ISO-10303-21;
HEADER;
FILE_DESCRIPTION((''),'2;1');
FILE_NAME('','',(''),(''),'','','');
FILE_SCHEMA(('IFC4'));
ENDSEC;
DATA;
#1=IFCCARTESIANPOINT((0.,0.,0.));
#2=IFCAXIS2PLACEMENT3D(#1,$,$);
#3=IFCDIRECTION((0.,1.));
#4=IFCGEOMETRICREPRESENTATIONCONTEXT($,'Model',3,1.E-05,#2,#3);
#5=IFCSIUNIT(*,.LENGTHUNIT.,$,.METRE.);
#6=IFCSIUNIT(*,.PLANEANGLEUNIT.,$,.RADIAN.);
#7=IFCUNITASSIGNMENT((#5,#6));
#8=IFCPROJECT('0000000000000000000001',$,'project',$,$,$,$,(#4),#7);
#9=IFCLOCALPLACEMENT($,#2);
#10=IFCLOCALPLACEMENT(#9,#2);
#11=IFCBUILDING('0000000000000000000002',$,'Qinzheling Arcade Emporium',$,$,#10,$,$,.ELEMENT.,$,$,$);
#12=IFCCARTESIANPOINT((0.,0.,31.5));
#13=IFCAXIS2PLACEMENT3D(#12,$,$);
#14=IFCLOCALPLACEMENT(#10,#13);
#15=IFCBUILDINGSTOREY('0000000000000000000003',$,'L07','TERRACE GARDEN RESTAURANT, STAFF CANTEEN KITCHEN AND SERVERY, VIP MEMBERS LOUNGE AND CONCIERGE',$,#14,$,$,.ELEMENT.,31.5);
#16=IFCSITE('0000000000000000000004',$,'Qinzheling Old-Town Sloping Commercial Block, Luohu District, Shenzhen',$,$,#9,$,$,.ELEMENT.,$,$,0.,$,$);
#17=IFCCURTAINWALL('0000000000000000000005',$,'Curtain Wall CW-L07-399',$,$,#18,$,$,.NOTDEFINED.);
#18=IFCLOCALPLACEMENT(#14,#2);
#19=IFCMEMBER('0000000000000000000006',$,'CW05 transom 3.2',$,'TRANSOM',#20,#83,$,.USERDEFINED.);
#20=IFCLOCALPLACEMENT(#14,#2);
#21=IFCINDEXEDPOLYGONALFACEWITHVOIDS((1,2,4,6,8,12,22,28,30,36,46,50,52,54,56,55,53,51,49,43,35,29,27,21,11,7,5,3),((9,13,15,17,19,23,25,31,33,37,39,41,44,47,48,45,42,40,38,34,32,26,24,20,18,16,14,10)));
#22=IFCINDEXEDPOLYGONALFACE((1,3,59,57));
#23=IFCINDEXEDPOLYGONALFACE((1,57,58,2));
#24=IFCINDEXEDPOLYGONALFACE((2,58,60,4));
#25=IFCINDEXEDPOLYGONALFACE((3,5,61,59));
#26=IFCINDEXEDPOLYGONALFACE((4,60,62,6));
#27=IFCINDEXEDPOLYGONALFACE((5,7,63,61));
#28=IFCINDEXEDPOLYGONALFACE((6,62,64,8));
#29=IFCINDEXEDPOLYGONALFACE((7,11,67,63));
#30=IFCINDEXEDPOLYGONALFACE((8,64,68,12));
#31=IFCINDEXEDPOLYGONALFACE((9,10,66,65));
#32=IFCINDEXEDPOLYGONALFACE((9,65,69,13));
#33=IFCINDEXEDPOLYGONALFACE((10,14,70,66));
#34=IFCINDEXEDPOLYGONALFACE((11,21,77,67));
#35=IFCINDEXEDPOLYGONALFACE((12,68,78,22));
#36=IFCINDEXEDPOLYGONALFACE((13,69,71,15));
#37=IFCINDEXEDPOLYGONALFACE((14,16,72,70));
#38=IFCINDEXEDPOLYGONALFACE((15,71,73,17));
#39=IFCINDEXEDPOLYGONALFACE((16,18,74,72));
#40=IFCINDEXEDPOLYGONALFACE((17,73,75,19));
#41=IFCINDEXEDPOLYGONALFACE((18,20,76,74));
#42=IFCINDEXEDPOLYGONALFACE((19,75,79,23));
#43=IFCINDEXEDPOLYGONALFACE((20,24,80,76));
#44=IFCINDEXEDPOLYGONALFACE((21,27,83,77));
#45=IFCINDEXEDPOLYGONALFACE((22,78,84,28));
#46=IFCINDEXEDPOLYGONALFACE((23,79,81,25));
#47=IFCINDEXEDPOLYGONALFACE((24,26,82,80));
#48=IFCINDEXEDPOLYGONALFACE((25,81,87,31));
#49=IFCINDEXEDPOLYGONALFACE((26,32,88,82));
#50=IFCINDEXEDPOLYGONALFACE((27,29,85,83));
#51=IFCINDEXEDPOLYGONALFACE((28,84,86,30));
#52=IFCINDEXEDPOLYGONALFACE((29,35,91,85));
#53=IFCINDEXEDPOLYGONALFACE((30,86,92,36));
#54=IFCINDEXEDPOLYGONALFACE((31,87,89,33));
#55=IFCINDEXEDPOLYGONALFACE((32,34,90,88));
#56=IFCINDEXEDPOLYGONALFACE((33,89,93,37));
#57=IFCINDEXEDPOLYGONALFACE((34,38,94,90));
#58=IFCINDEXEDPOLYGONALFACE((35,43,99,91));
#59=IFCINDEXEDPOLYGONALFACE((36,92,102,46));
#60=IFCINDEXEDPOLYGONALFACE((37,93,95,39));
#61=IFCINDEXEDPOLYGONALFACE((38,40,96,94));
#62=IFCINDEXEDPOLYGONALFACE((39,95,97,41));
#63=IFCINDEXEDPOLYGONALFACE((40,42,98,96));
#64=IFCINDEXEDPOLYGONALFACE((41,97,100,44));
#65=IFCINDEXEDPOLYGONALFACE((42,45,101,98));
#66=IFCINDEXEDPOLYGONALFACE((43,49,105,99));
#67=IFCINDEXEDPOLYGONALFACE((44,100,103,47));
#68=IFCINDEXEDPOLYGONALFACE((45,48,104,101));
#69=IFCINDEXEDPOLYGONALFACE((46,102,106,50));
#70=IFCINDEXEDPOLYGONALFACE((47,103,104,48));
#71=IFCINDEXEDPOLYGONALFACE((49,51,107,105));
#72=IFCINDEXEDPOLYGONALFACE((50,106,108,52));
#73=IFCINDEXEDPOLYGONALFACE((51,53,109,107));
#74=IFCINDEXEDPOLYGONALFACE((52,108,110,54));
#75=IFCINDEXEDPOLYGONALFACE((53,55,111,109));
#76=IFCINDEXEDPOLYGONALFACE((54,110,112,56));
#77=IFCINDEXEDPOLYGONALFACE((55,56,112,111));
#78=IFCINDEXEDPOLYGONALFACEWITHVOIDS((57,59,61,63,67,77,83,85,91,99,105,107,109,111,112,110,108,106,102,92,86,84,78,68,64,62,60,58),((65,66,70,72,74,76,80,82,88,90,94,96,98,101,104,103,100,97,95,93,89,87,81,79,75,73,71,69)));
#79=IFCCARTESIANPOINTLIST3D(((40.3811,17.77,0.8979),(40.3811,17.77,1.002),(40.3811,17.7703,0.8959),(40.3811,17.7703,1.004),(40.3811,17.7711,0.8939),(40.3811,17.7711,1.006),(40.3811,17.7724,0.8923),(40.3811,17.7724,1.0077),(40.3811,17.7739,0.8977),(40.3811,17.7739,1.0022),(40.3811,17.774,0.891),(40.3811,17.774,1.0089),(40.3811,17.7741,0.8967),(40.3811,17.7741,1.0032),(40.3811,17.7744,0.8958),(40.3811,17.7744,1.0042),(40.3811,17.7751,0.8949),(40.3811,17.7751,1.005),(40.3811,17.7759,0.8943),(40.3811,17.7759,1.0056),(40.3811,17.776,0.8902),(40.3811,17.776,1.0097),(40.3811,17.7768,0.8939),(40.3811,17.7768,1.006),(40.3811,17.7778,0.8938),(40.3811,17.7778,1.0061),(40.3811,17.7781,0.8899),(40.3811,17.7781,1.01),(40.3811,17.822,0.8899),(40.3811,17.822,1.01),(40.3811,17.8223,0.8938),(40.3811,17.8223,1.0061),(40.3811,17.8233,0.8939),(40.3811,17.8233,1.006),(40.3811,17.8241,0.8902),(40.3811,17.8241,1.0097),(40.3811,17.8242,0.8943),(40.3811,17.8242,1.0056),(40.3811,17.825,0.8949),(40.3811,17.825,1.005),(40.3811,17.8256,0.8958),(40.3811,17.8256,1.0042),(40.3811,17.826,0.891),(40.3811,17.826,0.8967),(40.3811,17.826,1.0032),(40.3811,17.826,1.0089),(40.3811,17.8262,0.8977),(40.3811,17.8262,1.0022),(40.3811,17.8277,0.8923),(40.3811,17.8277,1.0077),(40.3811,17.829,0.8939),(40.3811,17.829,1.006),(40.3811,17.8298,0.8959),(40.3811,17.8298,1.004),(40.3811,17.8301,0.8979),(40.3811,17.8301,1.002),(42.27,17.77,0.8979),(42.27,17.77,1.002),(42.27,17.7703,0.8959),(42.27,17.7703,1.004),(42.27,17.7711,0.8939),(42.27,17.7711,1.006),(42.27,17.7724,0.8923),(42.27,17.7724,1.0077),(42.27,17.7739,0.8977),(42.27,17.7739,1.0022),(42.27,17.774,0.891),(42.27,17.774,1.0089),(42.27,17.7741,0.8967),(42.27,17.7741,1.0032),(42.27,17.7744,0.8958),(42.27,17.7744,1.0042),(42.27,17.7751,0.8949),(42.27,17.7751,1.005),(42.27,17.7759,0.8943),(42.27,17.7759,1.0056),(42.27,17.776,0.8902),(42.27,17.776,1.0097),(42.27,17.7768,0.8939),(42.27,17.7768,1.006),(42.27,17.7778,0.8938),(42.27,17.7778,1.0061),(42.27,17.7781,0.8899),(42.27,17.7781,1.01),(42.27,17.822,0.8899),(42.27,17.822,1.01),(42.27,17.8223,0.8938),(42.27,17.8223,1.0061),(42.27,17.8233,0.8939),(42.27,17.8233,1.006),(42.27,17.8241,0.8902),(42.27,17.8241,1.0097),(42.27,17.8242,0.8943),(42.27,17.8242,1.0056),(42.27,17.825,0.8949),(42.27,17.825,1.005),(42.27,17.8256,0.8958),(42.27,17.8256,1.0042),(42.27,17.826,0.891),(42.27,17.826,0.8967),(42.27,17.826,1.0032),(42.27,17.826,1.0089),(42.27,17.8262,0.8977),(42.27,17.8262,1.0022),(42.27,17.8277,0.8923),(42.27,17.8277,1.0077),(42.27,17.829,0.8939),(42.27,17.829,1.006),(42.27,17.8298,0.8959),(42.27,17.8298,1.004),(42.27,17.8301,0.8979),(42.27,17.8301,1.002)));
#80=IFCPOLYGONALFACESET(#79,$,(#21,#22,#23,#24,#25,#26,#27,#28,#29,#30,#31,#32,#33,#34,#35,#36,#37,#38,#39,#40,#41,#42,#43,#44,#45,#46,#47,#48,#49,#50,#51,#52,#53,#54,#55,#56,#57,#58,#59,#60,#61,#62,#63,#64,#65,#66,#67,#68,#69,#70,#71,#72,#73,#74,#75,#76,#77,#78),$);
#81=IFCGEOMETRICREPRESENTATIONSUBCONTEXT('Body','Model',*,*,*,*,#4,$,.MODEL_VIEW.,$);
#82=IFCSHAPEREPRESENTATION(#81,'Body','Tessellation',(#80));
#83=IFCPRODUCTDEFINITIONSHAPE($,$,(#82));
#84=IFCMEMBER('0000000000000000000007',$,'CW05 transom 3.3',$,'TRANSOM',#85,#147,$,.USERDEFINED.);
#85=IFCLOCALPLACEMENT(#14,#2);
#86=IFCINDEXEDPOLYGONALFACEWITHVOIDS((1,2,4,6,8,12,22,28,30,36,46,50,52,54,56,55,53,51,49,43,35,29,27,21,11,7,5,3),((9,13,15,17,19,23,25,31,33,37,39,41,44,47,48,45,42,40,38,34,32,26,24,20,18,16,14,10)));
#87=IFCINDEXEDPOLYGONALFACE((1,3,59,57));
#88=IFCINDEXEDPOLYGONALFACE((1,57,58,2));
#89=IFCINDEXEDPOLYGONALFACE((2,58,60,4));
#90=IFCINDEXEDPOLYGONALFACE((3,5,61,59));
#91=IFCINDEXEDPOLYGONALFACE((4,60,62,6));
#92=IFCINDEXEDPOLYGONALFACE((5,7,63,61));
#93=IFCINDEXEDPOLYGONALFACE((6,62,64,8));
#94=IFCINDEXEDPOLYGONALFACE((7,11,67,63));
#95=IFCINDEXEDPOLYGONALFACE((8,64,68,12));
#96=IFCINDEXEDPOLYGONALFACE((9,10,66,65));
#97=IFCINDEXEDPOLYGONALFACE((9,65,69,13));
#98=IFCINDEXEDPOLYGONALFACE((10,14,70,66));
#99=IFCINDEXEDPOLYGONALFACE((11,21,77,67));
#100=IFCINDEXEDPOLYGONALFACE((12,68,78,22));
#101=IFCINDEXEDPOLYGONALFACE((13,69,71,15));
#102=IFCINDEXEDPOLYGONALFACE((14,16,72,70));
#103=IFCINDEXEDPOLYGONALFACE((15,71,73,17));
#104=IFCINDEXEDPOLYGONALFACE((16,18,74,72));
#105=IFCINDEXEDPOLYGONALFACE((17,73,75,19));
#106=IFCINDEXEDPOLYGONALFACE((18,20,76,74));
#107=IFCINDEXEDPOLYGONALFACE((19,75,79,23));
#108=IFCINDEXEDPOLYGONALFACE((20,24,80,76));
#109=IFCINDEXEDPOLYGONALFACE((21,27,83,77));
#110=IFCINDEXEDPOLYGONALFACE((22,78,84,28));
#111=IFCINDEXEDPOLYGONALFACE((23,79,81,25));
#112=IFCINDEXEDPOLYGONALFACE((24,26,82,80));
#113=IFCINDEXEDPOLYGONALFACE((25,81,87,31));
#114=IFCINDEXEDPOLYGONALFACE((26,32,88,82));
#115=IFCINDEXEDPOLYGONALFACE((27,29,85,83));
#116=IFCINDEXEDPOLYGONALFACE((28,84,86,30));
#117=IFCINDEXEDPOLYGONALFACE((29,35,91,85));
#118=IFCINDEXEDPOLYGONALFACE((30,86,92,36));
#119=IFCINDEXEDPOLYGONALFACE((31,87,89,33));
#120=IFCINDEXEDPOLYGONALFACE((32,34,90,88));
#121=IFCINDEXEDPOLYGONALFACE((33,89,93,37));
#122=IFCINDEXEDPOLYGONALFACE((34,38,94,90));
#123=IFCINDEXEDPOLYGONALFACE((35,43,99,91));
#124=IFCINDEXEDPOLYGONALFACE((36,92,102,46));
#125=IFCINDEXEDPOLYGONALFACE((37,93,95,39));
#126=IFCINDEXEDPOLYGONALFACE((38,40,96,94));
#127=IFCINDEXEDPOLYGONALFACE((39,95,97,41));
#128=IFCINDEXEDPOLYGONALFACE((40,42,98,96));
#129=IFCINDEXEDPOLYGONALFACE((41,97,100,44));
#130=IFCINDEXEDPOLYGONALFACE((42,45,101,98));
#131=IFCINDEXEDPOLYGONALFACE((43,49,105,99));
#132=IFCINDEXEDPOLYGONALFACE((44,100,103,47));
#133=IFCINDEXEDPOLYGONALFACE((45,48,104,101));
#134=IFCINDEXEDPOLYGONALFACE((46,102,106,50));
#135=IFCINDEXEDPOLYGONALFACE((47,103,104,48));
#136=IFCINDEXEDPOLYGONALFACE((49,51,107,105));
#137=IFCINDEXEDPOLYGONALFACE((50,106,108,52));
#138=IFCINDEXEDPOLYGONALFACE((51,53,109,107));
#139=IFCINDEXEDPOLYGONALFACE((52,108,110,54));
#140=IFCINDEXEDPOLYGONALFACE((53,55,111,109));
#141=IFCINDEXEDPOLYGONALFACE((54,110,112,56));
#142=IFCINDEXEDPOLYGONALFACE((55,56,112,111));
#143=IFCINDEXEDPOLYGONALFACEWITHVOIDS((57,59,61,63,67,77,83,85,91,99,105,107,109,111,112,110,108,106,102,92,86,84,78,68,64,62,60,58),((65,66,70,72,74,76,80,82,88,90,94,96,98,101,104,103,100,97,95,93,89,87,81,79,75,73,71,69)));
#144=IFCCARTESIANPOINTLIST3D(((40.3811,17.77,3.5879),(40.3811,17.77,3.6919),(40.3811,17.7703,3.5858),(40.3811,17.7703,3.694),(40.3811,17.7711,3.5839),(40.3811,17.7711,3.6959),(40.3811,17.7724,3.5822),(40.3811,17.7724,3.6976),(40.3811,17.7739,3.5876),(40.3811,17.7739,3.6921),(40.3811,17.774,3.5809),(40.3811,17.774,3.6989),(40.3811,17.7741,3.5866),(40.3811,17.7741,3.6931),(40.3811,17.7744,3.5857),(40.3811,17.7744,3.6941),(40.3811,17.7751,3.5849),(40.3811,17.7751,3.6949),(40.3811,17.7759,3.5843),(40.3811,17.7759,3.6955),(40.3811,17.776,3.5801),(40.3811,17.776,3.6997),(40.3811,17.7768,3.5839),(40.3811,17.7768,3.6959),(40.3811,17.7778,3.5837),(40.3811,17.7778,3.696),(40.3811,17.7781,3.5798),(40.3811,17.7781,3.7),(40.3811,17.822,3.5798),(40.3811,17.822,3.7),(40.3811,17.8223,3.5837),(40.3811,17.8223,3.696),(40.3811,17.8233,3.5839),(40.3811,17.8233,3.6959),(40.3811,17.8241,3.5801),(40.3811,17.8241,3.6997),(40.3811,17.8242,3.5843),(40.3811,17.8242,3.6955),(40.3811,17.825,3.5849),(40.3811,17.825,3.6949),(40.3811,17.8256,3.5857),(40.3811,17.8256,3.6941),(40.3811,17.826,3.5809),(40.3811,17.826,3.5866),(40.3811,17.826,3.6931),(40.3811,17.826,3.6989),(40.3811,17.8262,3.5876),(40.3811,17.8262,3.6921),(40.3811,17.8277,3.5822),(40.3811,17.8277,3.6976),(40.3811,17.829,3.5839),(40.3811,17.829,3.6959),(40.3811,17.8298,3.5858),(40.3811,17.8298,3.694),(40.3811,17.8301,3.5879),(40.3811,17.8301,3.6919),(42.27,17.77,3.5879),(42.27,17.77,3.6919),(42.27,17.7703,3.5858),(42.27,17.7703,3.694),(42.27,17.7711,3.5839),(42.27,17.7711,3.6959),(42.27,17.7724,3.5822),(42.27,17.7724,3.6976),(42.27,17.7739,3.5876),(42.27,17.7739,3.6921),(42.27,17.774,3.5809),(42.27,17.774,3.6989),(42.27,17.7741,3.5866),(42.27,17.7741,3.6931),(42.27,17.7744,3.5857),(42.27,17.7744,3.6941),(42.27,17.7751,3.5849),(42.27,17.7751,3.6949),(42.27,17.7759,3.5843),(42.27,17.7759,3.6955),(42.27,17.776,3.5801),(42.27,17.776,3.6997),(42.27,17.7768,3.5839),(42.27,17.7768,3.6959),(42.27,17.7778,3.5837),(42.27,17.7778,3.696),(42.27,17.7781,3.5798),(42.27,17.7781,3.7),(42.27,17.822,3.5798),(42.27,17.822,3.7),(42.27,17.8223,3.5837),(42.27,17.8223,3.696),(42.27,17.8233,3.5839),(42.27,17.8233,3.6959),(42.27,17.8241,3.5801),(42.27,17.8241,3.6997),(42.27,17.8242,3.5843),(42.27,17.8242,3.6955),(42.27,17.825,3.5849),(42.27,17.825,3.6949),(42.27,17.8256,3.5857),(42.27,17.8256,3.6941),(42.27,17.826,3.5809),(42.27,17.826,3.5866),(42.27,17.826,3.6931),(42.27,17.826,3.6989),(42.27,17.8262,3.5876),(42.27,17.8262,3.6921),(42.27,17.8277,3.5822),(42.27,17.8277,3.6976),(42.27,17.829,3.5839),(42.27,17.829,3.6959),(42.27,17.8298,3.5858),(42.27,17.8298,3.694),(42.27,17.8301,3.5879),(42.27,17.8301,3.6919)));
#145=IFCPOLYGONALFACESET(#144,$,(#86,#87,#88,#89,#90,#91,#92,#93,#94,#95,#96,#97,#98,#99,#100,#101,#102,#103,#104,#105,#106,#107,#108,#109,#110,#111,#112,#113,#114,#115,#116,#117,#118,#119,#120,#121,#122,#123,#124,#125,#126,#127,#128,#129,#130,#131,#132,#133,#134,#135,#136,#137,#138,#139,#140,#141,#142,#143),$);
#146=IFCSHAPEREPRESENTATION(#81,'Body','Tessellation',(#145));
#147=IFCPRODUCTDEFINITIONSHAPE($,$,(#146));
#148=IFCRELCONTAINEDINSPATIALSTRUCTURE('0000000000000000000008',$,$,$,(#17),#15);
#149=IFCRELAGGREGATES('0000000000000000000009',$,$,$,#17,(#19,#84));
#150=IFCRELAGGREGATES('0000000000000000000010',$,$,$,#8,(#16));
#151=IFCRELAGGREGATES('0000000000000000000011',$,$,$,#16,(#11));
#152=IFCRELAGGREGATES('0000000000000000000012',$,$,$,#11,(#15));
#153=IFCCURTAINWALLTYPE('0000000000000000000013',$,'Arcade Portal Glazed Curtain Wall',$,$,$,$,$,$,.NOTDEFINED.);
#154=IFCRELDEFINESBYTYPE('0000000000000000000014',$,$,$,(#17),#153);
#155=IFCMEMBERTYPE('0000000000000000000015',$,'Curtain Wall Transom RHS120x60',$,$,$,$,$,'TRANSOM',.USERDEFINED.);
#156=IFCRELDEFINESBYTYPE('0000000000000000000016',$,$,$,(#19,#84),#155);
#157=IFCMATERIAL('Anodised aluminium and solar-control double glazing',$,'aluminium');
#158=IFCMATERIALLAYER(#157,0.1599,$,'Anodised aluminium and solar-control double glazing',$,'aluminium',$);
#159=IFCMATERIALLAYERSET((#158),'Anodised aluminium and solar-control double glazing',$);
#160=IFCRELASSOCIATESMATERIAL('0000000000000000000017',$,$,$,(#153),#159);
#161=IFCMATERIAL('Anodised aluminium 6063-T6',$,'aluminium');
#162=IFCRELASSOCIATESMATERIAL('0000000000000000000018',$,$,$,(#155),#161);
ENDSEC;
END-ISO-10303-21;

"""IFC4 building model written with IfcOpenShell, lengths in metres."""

from ifc_helpers import new_model, si_unit, direction, frame, origin, origin_2d, place, context, subcontext, project, spatial, hollow_rectangle, extrude, material, layer, layer_set, material_profile, profile_set, type_object, element, aggregate, save


model = new_model("IFC4")

# Units and contexts
model_context = context("Model", 3, precision=1e-05, world=origin(), true_north=direction((0.0, 1.0)))
body_context = subcontext(model_context, "Body", "Model", "MODEL_VIEW")
ifc_project = project(units=[si_unit("LENGTHUNIT", "METRE"), si_unit("PLANEANGLEUNIT", "RADIAN")], contexts=[model_context])

# Site, building, storey
site_placement = place(None, origin())
site = spatial("IfcSite", under=ifc_project, at=site_placement, Name="Qinzheling Old-Town Sloping Commercial Block, Luohu District, Shenzhen", CompositionType="ELEMENT", RefElevation=0.0)
building_placement = place(site_placement, origin())
building = spatial("IfcBuilding", under=site, at=building_placement, Name="Qinzheling Arcade Emporium", CompositionType="ELEMENT")
storey_placement = place(building_placement, frame((0.0, 0.0, 31.5)))
storey = spatial("IfcBuildingStorey", under=building, at=storey_placement, Name="L07", Description="TERRACE GARDEN RESTAURANT, STAFF CANTEEN KITCHEN AND SERVERY, VIP MEMBERS LOUNGE AND CONCIERGE", CompositionType="ELEMENT", Elevation=31.5)

# Curtain wall, members
ifc_material_1 = material(Name="Anodised aluminium and solar-control double glazing", Category="aluminium")
ifc_layer_1 = layer(ifc_material_1, 0.1599, Name="Anodised aluminium and solar-control double glazing", Category="aluminium")
ifc_layer_set_1 = layer_set([ifc_layer_1], Name="Anodised aluminium and solar-control double glazing")
curtain_wall_type = type_object("IfcCurtainWallType", Name="Arcade Portal Glazed Curtain Wall", PredefinedType="NOTDEFINED", material=ifc_layer_set_1)
curtain_wall_placement = place(storey_placement, origin())
curtain_wall = element("IfcCurtainWall", 1, at=curtain_wall_placement, inside=storey, type_object=curtain_wall_type, Name="Curtain Wall CW-L07-399", PredefinedType="NOTDEFINED")
ifc_material_2 = material(Name="Anodised aluminium 6063-T6", Category="aluminium")
ifc_material_profile_1 = material_profile(ifc_material_2, hollow_rectangle(XDim=0.0601, YDim=0.1201, WallThickness=0.0039, InnerFilletRadius=0.0039, OuterFilletRadius=0.0081, at=origin_2d()), Name="RHS 120x60x4", Category="aluminium")
ifc_profile_set_1 = profile_set([ifc_material_profile_1], Name="Anodised aluminium 6063-T6")
member_type_1 = type_object("IfcMemberType", Name="Curtain Wall Transom RHS120x60", ElementType="TRANSOM", PredefinedType="USERDEFINED", material=ifc_profile_set_1)
member_1_placement = place(storey_placement, frame((42.27, 17.8, 0.95), z_axis=(-1.0, 0.0, 0.0), x_axis=(0.0, -1.0, 0.0)))
member_1 = element("IfcMember", 2, at=member_1_placement, type_object=member_type_1, Name="CW05 transom 3.2", ObjectType="TRANSOM", PredefinedType="USERDEFINED", context=body_context, shape_type="SweptSolid", body=[
    extrude(hollow_rectangle(XDim=0.0601, YDim=0.1201, WallThickness=0.0039, InnerFilletRadius=0.0039, OuterFilletRadius=0.0081, at=origin_2d()), origin(), (0.0, 0.0, 1.0), 1.8889),
])
member_2_placement = place(storey_placement, frame((42.27, 17.8, 3.6399), z_axis=(-1.0, 0.0, 0.0), x_axis=(0.0, -1.0, 0.0)))
member_2 = element("IfcMember", 3, at=member_2_placement, type_object=member_type_1, Name="CW05 transom 3.3", ObjectType="TRANSOM", PredefinedType="USERDEFINED", context=body_context, shape_type="SweptSolid", body=[
    extrude(hollow_rectangle(XDim=0.0601, YDim=0.1201, WallThickness=0.0039, InnerFilletRadius=0.0039, OuterFilletRadius=0.0081, at=origin_2d()), origin(), (0.0, 0.0, 1.0), 1.8889),
])

aggregate(curtain_wall, [member_1, member_2])

save(model, "model.ifc")
